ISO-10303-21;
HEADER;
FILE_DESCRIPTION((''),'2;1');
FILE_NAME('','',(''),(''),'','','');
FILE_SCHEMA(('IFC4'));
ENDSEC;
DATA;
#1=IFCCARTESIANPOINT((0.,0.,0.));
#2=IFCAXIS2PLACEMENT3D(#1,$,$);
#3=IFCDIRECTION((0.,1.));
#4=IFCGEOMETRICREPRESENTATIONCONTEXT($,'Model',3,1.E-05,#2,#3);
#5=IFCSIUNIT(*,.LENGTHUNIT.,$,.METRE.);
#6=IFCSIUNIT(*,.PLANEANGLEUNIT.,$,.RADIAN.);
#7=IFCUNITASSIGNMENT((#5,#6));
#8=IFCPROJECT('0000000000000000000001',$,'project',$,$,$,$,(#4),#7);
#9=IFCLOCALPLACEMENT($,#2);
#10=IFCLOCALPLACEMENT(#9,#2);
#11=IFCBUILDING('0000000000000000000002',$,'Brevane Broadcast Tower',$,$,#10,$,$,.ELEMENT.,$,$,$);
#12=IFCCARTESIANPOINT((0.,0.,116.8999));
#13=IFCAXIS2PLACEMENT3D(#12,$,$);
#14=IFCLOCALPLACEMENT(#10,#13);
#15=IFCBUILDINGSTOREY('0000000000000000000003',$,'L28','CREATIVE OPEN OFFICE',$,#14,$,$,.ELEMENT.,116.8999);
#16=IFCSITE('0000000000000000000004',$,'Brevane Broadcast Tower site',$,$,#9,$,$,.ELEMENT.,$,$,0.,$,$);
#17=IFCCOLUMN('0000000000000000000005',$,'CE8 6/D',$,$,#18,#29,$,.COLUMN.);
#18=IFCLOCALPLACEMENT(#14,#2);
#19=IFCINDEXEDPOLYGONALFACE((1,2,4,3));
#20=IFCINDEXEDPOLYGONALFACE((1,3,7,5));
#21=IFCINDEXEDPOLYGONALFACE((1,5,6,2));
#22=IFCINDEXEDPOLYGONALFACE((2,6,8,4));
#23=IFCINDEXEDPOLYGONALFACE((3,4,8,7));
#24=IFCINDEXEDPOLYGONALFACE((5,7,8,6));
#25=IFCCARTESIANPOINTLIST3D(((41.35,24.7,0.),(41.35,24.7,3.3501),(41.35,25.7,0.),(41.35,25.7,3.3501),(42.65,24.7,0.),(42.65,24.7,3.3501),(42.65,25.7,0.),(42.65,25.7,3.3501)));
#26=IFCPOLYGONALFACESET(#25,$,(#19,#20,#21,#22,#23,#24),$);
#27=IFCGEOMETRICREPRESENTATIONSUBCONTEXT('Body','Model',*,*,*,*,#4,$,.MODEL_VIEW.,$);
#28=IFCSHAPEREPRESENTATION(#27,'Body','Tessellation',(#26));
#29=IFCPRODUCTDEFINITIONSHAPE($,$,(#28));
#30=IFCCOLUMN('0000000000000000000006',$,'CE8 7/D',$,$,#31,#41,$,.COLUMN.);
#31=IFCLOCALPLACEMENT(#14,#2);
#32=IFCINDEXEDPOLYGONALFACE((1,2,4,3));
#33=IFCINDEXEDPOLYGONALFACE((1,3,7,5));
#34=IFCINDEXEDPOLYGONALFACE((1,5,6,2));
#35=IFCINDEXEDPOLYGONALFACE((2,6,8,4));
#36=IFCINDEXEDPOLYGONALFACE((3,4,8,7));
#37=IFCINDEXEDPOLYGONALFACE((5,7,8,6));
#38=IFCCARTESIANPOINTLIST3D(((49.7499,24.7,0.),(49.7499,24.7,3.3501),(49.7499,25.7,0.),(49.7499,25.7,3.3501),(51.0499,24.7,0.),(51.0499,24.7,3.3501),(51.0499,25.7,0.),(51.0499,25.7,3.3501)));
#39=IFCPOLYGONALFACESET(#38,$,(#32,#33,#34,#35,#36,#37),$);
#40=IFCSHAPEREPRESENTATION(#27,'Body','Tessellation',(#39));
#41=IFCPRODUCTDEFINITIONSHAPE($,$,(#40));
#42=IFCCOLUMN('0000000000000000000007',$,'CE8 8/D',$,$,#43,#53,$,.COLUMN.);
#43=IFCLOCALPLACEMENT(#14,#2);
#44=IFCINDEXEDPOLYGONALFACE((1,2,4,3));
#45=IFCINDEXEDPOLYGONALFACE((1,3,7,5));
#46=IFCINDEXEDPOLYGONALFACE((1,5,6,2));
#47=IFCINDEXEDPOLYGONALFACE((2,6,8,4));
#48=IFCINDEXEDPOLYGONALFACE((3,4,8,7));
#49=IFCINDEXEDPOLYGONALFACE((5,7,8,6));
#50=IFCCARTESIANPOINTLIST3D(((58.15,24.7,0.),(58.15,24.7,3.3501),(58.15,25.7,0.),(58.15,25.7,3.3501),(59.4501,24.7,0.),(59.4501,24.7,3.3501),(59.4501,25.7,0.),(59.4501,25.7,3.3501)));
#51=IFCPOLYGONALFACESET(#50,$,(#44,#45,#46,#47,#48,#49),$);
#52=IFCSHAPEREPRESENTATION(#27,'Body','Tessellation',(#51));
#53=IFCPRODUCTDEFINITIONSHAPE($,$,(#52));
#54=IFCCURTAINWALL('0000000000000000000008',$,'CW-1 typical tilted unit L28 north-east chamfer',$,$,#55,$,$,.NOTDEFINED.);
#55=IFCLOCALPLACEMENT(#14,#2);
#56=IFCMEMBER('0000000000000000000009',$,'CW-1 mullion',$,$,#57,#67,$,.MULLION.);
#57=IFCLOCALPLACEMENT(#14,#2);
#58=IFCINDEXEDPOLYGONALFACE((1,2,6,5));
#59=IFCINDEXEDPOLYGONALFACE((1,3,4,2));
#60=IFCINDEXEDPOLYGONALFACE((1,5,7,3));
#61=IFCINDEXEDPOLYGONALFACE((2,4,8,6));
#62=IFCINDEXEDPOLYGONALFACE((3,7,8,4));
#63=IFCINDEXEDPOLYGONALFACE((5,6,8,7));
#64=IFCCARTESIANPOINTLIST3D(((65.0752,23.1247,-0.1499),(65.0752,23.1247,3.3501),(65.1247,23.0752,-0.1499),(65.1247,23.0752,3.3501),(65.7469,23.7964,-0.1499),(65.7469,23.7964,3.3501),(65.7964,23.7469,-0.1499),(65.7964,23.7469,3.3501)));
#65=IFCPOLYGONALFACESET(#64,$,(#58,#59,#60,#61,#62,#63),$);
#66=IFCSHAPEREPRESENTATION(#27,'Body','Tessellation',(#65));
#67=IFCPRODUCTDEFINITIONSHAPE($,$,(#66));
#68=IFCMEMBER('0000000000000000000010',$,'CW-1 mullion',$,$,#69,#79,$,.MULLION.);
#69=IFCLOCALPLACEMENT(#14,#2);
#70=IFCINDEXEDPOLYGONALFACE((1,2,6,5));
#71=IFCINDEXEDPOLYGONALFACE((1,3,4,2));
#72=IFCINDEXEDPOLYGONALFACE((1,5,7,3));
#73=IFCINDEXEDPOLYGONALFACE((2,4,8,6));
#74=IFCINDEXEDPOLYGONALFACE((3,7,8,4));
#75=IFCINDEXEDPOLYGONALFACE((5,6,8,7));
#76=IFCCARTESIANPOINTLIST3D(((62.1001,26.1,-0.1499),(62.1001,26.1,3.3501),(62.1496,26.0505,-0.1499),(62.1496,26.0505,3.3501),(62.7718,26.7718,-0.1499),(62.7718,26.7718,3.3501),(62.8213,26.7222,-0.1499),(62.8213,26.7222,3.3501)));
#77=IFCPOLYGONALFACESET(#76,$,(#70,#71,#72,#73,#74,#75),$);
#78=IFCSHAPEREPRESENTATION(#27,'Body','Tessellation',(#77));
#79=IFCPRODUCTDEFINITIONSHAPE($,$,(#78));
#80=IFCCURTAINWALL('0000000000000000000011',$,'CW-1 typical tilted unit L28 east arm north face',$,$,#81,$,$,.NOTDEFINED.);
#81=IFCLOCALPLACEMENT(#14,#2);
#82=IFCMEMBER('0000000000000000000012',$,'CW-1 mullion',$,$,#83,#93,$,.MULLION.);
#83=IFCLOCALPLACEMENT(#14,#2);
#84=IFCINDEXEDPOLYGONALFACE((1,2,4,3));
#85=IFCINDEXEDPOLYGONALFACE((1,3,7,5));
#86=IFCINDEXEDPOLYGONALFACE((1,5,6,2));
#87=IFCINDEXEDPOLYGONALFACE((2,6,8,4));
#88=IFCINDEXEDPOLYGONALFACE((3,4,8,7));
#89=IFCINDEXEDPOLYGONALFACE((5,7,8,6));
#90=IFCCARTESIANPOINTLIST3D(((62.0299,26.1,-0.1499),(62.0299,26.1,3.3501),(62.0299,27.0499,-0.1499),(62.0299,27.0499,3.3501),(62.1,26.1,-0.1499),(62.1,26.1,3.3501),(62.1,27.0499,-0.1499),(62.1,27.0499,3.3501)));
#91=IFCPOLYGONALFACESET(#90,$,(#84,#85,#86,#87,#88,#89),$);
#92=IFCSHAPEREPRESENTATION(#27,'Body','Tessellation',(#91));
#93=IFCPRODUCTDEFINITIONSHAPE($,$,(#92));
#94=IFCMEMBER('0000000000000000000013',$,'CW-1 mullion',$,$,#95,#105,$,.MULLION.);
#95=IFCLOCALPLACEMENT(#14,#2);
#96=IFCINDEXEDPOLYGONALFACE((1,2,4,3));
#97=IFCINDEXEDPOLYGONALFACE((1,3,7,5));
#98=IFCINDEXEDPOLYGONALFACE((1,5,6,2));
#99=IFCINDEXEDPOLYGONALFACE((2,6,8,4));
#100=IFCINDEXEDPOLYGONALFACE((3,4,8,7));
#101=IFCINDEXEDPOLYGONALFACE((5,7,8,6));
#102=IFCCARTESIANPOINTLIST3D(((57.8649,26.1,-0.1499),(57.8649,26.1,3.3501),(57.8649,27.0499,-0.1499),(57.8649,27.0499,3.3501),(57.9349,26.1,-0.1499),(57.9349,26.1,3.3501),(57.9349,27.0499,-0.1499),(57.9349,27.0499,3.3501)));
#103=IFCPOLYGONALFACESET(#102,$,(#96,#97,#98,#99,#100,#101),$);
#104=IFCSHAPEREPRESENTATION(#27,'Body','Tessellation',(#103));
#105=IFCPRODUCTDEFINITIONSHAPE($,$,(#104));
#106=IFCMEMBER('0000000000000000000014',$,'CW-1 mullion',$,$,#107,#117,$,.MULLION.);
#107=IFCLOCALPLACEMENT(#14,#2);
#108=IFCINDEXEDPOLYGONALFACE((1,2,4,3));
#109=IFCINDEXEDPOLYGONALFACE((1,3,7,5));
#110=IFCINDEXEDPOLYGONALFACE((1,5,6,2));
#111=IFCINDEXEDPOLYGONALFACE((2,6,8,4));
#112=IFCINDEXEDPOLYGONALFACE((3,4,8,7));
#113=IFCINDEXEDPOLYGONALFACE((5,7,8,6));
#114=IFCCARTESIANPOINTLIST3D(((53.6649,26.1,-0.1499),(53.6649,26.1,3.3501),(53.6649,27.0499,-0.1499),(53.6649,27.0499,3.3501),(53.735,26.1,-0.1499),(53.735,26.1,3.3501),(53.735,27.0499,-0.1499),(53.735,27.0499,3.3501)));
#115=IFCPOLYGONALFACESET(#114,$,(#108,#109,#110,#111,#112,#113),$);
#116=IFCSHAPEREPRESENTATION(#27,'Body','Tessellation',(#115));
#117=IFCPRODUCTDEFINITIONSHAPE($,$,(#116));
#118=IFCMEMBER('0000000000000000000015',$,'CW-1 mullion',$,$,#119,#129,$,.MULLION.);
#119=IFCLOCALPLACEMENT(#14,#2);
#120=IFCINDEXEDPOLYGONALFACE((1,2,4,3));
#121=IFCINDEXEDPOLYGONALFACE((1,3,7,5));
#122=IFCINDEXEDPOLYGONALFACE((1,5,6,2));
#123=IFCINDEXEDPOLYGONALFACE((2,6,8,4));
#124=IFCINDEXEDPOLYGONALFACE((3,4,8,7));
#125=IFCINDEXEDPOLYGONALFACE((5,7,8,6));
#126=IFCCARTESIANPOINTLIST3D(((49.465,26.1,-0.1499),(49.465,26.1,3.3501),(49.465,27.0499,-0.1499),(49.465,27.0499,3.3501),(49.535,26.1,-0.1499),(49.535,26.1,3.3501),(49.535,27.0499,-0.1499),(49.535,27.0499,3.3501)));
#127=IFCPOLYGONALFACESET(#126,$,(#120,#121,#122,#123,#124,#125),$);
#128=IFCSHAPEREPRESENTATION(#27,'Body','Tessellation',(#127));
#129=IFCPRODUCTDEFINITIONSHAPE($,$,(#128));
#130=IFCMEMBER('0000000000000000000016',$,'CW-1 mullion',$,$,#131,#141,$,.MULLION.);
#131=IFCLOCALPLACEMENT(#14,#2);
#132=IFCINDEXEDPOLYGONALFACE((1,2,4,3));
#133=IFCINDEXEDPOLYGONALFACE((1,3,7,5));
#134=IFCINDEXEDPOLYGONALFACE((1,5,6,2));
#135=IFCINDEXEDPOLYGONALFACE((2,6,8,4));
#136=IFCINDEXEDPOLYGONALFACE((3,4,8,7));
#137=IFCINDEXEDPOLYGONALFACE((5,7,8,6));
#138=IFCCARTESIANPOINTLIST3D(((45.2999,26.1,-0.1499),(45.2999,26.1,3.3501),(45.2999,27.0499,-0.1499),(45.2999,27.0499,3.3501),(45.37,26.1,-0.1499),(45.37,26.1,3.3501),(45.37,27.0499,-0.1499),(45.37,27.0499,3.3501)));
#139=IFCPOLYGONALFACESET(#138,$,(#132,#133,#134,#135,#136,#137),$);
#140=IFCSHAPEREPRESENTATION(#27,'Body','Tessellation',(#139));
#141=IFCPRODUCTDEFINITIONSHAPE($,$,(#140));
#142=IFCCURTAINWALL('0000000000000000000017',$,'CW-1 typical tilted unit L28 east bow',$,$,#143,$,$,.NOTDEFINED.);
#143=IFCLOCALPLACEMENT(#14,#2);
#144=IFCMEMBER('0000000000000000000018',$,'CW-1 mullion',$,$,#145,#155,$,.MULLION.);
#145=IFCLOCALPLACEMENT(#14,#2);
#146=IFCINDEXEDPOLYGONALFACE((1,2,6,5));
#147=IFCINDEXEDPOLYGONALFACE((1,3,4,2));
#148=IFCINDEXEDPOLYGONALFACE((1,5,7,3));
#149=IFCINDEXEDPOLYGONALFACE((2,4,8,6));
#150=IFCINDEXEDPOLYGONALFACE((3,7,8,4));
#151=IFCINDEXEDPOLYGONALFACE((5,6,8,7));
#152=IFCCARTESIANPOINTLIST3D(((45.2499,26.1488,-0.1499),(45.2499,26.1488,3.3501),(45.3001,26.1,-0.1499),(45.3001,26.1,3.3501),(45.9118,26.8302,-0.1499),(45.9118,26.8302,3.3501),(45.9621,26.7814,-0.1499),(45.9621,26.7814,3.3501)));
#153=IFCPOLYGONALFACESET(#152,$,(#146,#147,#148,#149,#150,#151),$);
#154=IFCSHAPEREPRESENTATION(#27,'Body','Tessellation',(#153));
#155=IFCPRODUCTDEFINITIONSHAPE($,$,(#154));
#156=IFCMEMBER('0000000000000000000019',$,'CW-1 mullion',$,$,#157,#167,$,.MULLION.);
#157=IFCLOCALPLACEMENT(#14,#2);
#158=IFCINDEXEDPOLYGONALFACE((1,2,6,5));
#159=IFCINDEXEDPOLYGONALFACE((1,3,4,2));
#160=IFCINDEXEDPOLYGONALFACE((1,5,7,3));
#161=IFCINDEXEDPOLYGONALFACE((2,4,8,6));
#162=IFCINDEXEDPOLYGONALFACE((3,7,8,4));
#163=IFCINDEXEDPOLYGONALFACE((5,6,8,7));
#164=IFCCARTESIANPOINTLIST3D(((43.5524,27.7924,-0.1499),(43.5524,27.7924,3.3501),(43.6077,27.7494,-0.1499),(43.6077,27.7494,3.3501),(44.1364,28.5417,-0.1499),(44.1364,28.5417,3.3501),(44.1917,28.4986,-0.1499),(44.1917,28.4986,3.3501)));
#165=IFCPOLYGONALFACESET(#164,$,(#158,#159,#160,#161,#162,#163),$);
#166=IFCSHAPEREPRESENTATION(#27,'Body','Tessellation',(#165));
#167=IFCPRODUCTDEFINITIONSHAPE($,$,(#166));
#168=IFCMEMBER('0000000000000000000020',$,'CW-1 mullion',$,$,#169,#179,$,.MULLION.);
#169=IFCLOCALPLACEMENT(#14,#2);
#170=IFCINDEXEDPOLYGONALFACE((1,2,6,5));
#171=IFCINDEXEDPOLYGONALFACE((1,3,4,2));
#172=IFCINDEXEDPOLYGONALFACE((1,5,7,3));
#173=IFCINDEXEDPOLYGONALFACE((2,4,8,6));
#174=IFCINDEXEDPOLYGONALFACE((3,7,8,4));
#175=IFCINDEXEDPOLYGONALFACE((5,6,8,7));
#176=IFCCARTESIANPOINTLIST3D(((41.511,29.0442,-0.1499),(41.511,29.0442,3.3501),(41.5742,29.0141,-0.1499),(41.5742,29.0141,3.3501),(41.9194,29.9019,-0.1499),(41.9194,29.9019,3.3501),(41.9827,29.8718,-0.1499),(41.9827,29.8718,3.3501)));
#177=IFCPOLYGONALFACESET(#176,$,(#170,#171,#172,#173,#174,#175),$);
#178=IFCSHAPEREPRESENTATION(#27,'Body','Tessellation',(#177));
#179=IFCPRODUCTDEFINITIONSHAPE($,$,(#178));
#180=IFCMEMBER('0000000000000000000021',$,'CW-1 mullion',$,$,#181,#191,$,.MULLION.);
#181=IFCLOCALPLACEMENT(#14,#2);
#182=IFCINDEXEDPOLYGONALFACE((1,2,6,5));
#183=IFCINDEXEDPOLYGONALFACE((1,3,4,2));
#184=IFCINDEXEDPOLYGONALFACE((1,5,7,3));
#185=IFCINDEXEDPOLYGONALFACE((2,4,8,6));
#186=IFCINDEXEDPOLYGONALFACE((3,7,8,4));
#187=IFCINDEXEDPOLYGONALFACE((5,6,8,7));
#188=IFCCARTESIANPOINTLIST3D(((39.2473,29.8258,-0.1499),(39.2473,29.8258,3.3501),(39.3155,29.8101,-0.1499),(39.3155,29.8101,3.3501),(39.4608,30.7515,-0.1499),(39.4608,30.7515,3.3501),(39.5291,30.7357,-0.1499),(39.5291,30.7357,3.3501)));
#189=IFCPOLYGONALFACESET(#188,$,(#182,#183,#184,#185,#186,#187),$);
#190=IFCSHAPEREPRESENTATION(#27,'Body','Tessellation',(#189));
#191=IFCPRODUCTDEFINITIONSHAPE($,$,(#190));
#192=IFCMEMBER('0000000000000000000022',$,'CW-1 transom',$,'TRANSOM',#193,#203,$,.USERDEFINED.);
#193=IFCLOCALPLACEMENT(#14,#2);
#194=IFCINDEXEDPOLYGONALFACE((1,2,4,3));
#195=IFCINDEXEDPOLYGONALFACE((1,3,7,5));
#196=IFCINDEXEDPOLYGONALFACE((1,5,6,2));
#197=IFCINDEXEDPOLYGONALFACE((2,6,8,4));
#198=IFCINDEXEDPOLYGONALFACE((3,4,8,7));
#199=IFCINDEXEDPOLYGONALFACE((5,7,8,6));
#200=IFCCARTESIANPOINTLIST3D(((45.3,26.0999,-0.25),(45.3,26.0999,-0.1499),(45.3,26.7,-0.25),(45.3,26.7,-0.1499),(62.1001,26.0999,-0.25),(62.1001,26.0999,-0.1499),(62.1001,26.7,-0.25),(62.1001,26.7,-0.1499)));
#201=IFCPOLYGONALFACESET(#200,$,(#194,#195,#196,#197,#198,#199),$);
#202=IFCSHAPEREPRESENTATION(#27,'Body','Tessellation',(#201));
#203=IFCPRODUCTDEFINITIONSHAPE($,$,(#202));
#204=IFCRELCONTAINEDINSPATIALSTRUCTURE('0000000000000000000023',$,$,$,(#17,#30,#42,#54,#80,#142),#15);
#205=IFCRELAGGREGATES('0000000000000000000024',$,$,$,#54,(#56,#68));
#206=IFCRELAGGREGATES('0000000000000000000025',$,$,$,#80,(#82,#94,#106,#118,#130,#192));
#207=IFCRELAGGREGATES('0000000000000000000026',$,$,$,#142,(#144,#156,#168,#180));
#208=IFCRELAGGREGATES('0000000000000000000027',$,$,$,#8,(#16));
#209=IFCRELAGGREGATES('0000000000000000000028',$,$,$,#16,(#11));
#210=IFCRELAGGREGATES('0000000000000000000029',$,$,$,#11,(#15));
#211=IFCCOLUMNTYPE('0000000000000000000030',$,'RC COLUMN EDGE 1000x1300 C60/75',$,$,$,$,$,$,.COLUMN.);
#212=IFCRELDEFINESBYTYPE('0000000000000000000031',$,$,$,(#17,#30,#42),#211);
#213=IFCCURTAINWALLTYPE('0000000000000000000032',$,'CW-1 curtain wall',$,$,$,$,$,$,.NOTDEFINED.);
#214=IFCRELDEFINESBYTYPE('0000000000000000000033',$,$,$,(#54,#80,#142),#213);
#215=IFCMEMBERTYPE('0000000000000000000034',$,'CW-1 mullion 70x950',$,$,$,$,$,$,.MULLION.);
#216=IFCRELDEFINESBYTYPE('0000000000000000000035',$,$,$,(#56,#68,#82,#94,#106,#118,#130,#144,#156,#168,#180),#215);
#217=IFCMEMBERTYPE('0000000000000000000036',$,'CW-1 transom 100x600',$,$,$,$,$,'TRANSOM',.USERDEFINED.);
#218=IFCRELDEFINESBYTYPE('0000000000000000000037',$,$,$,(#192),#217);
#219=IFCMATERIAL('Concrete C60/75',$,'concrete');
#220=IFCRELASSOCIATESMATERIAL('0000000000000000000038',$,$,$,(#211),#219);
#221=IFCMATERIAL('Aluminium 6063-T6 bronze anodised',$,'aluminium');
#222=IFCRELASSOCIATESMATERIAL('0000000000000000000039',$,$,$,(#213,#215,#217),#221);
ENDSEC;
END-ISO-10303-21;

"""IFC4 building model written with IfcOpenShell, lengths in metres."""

from ifc_helpers import new_model, si_unit, direction, frame, origin, origin_2d, place, context, subcontext, project, spatial, rectangle, extrude, material, material_profile, profile_set, type_object, element, aggregate, save


model = new_model("IFC4")

# Units and contexts
model_context = context("Model", 3, precision=1e-05, world=origin(), true_north=direction((0.0, 1.0)))
body_context = subcontext(model_context, "Body", "Model", "MODEL_VIEW")
ifc_project = project(units=[si_unit("LENGTHUNIT", "METRE"), si_unit("PLANEANGLEUNIT", "RADIAN")], contexts=[model_context])

# Site, building, storey
site_placement = place(None, origin())
site = spatial("IfcSite", under=ifc_project, at=site_placement, Name="Brevane Broadcast Tower site", CompositionType="ELEMENT", RefElevation=0.0)
building_placement = place(site_placement, origin())
building = spatial("IfcBuilding", under=site, at=building_placement, Name="Brevane Broadcast Tower", CompositionType="ELEMENT")
storey_placement = place(building_placement, frame((0.0, 0.0, 116.8999)))
storey = spatial("IfcBuildingStorey", under=building, at=storey_placement, Name="L28", Description="CREATIVE OPEN OFFICE", CompositionType="ELEMENT", Elevation=116.8999)

# Columns
ifc_material_1 = material(Name="Concrete C60/75", Category="concrete")
ifc_material_profile_1 = material_profile(ifc_material_1, rectangle(XDim=1.0, YDim=1.3, at=origin_2d()), Name="RC 1000x1300")
ifc_profile_set_1 = profile_set([ifc_material_profile_1], Name="Concrete C60/75")
column_type = type_object("IfcColumnType", Name="RC COLUMN EDGE 1000x1300 C60/75", PredefinedType="COLUMN", material=ifc_profile_set_1)
for number, where, z_axis, x_axis, name in (
    (1, (42.0, 25.2, 0.0), (0.0, 0.0, 1.0), (0.0, 1.0, 0.0), "CE8 6/D"),
    (2, (50.3999, 25.2, 0.0), (0.0, 0.0, 1.0), (0.0, 1.0, 0.0), "CE8 7/D"),
    (3, (58.8, 25.2, 0.0), (0.0, 0.0, 1.0), (0.0, 1.0, 0.0), "CE8 8/D"),
):
    element("IfcColumn", number, at=place(storey_placement, frame(where, z_axis=z_axis, x_axis=x_axis)), inside=storey, type_object=column_type, Name=name, PredefinedType="COLUMN", context=body_context, shape_type="SweptSolid", body=[
        extrude(rectangle(XDim=1.0, YDim=1.3, at=origin_2d()), origin(), (0.0, 0.0, 1.0), 3.3501),
    ])

# Curtain walls, members
ifc_material_2 = material(Name="Aluminium 6063-T6 bronze anodised", Category="aluminium")
curtain_wall_type = type_object("IfcCurtainWallType", Name="CW-1 curtain wall", PredefinedType="NOTDEFINED", material=ifc_material_2)
curtain_wall_1_placement = place(storey_placement, origin())
curtain_wall_1 = element("IfcCurtainWall", 4, at=curtain_wall_1_placement, inside=storey, type_object=curtain_wall_type, Name="CW-1 typical tilted unit L28 north-east chamfer", PredefinedType="NOTDEFINED")
ifc_material_profile_2 = material_profile(ifc_material_2, rectangle(XDim=0.95, YDim=0.0701, at=origin_2d()), Name="RECT 70x950")
ifc_profile_set_2 = profile_set([ifc_material_profile_2], Name="Aluminium 6063-T6 bronze anodised")
member_type_1 = type_object("IfcMemberType", Name="CW-1 mullion 70x950", PredefinedType="MULLION", material=ifc_profile_set_2)
member_1_placement = place(storey_placement, frame((65.4358, 23.4358, -0.1499), z_axis=(0.0, 0.0, 1.0), x_axis=(-0.707107, -0.707107, 0.0)))
member_1 = element("IfcMember", 5, at=member_1_placement, type_object=member_type_1, Name="CW-1 mullion", PredefinedType="MULLION", context=body_context, shape_type="SweptSolid", body=[
    extrude(rectangle(XDim=0.95, YDim=0.0701, at=origin_2d()), origin(), (0.0, 0.0, 1.0), 3.5),
])
member_2_placement = place(storey_placement, frame((62.4607, 26.4111, -0.1499), z_axis=(0.0, 0.0, 1.0), x_axis=(-0.707107, -0.707107, 0.0)))
member_2 = element("IfcMember", 6, at=member_2_placement, type_object=member_type_1, Name="CW-1 mullion", PredefinedType="MULLION", context=body_context, shape_type="SweptSolid", body=[
    extrude(rectangle(XDim=0.95, YDim=0.0701, at=origin_2d()), origin(), (0.0, 0.0, 1.0), 3.5),
])
aggregate(curtain_wall_1, [member_1, member_2])
curtain_wall_2_placement = place(storey_placement, origin())
curtain_wall_2 = element("IfcCurtainWall", 7, at=curtain_wall_2_placement, inside=storey, type_object=curtain_wall_type, Name="CW-1 typical tilted unit L28 east arm north face", PredefinedType="NOTDEFINED")
member_3_placement = place(storey_placement, frame((62.0649, 26.575, -0.1499), z_axis=(0.0, 0.0, 1.0), x_axis=(0.0, -1.0, 0.0)))
member_3 = element("IfcMember", 8, at=member_3_placement, type_object=member_type_1, Name="CW-1 mullion", PredefinedType="MULLION", context=body_context, shape_type="SweptSolid", body=[
    extrude(rectangle(XDim=0.95, YDim=0.0701, at=origin_2d()), origin(), (0.0, 0.0, 1.0), 3.5),
])
member_4_placement = place(storey_placement, frame((57.8999, 26.575, -0.1499), z_axis=(0.0, 0.0, 1.0), x_axis=(0.0, -1.0, 0.0)))
member_4 = element("IfcMember", 9, at=member_4_placement, type_object=member_type_1, Name="CW-1 mullion", PredefinedType="MULLION", context=body_context, shape_type="SweptSolid", body=[
    extrude(rectangle(XDim=0.95, YDim=0.0701, at=origin_2d()), origin(), (0.0, 0.0, 1.0), 3.5),
])
member_5_placement = place(storey_placement, frame((53.7, 26.575, -0.1499), z_axis=(0.0, 0.0, 1.0), x_axis=(0.0, -1.0, 0.0)))
member_5 = element("IfcMember", 10, at=member_5_placement, type_object=member_type_1, Name="CW-1 mullion", PredefinedType="MULLION", context=body_context, shape_type="SweptSolid", body=[
    extrude(rectangle(XDim=0.95, YDim=0.0701, at=origin_2d()), origin(), (0.0, 0.0, 1.0), 3.5),
])
member_6_placement = place(storey_placement, frame((49.5, 26.575, -0.1499), z_axis=(0.0, 0.0, 1.0), x_axis=(0.0, -1.0, 0.0)))
member_6 = element("IfcMember", 11, at=member_6_placement, type_object=member_type_1, Name="CW-1 mullion", PredefinedType="MULLION", context=body_context, shape_type="SweptSolid", body=[
    extrude(rectangle(XDim=0.95, YDim=0.0701, at=origin_2d()), origin(), (0.0, 0.0, 1.0), 3.5),
])
member_7_placement = place(storey_placement, frame((45.335, 26.575, -0.1499), z_axis=(0.0, 0.0, 1.0), x_axis=(0.0, -1.0, 0.0)))
member_7 = element("IfcMember", 12, at=member_7_placement, type_object=member_type_1, Name="CW-1 mullion", PredefinedType="MULLION", context=body_context, shape_type="SweptSolid", body=[
    extrude(rectangle(XDim=0.95, YDim=0.0701, at=origin_2d()), origin(), (0.0, 0.0, 1.0), 3.5),
])
curtain_wall_3_placement = place(storey_placement, origin())
curtain_wall_3 = element("IfcCurtainWall", 13, at=curtain_wall_3_placement, inside=storey, type_object=curtain_wall_type, Name="CW-1 typical tilted unit L28 east bow", PredefinedType="NOTDEFINED")
member_8_placement = place(storey_placement, frame((45.606, 26.4651, -0.1499), z_axis=(0.0, 0.0, 1.0), x_axis=(-0.696812, -0.717254, 0.0)))
member_8 = element("IfcMember", 14, at=member_8_placement, type_object=member_type_1, Name="CW-1 mullion", PredefinedType="MULLION", context=body_context, shape_type="SweptSolid", body=[
    extrude(rectangle(XDim=0.95, YDim=0.0701, at=origin_2d()), origin(), (0.0, 0.0, 1.0), 3.5),
])
member_9_placement = place(storey_placement, frame((43.8721, 28.1455, -0.1499), z_axis=(0.0, 0.0, 1.0), x_axis=(-0.61477, -0.788707, 0.0)))
member_9 = element("IfcMember", 15, at=member_9_placement, type_object=member_type_1, Name="CW-1 mullion", PredefinedType="MULLION", context=body_context, shape_type="SweptSolid", body=[
    extrude(rectangle(XDim=0.95, YDim=0.0701, at=origin_2d()), origin(), (0.0, 0.0, 1.0), 3.5),
])
member_10_placement = place(storey_placement, frame((41.7468, 29.458, -0.1499), z_axis=(0.0, 0.0, 1.0), x_axis=(-0.429934, -0.902861, 0.0)))
member_10 = element("IfcMember", 16, at=member_10_placement, type_object=member_type_1, Name="CW-1 mullion", PredefinedType="MULLION", context=body_context, shape_type="SweptSolid", body=[
    extrude(rectangle(XDim=0.95, YDim=0.0701, at=origin_2d()), origin(), (0.0, 0.0, 1.0), 3.5),
])
member_11_placement = place(storey_placement, frame((39.3882, 30.2808, -0.1499), z_axis=(0.0, 0.0, 1.0), x_axis=(-0.224806, -0.974403, 0.0)))
member_11 = element("IfcMember", 17, at=member_11_placement, type_object=member_type_1, Name="CW-1 mullion", PredefinedType="MULLION", context=body_context, shape_type="SweptSolid", body=[
    extrude(rectangle(XDim=0.95, YDim=0.0701, at=origin_2d()), origin(), (0.0, 0.0, 1.0), 3.5),
])

# Member
ifc_material_profile_3 = material_profile(ifc_material_2, rectangle(XDim=0.6001, YDim=0.1001, at=origin_2d()), Name="RECT 100x600")
ifc_profile_set_3 = profile_set([ifc_material_profile_3], Name="Aluminium 6063-T6 bronze anodised")
member_type_2 = type_object("IfcMemberType", Name="CW-1 transom 100x600", ElementType="TRANSOM", PredefinedType="USERDEFINED", material=ifc_profile_set_3)
member_12_placement = place(storey_placement, frame((62.1001, 26.3999, -0.2), z_axis=(-1.0, 0.0, 0.0), x_axis=(0.0, -1.0, 0.0)))
member_12 = element("IfcMember", 18, at=member_12_placement, type_object=member_type_2, Name="CW-1 transom", ObjectType="TRANSOM", PredefinedType="USERDEFINED", context=body_context, shape_type="SweptSolid", body=[
    extrude(rectangle(XDim=0.6001, YDim=0.1001, at=origin_2d()), origin(), (0.0, 0.0, 1.0), 16.8),
])
aggregate(curtain_wall_2, [member_3, member_4, member_5, member_6, member_7, member_12])
aggregate(curtain_wall_3, [member_8, member_9, member_10, member_11])

save(model, "model.ifc")
